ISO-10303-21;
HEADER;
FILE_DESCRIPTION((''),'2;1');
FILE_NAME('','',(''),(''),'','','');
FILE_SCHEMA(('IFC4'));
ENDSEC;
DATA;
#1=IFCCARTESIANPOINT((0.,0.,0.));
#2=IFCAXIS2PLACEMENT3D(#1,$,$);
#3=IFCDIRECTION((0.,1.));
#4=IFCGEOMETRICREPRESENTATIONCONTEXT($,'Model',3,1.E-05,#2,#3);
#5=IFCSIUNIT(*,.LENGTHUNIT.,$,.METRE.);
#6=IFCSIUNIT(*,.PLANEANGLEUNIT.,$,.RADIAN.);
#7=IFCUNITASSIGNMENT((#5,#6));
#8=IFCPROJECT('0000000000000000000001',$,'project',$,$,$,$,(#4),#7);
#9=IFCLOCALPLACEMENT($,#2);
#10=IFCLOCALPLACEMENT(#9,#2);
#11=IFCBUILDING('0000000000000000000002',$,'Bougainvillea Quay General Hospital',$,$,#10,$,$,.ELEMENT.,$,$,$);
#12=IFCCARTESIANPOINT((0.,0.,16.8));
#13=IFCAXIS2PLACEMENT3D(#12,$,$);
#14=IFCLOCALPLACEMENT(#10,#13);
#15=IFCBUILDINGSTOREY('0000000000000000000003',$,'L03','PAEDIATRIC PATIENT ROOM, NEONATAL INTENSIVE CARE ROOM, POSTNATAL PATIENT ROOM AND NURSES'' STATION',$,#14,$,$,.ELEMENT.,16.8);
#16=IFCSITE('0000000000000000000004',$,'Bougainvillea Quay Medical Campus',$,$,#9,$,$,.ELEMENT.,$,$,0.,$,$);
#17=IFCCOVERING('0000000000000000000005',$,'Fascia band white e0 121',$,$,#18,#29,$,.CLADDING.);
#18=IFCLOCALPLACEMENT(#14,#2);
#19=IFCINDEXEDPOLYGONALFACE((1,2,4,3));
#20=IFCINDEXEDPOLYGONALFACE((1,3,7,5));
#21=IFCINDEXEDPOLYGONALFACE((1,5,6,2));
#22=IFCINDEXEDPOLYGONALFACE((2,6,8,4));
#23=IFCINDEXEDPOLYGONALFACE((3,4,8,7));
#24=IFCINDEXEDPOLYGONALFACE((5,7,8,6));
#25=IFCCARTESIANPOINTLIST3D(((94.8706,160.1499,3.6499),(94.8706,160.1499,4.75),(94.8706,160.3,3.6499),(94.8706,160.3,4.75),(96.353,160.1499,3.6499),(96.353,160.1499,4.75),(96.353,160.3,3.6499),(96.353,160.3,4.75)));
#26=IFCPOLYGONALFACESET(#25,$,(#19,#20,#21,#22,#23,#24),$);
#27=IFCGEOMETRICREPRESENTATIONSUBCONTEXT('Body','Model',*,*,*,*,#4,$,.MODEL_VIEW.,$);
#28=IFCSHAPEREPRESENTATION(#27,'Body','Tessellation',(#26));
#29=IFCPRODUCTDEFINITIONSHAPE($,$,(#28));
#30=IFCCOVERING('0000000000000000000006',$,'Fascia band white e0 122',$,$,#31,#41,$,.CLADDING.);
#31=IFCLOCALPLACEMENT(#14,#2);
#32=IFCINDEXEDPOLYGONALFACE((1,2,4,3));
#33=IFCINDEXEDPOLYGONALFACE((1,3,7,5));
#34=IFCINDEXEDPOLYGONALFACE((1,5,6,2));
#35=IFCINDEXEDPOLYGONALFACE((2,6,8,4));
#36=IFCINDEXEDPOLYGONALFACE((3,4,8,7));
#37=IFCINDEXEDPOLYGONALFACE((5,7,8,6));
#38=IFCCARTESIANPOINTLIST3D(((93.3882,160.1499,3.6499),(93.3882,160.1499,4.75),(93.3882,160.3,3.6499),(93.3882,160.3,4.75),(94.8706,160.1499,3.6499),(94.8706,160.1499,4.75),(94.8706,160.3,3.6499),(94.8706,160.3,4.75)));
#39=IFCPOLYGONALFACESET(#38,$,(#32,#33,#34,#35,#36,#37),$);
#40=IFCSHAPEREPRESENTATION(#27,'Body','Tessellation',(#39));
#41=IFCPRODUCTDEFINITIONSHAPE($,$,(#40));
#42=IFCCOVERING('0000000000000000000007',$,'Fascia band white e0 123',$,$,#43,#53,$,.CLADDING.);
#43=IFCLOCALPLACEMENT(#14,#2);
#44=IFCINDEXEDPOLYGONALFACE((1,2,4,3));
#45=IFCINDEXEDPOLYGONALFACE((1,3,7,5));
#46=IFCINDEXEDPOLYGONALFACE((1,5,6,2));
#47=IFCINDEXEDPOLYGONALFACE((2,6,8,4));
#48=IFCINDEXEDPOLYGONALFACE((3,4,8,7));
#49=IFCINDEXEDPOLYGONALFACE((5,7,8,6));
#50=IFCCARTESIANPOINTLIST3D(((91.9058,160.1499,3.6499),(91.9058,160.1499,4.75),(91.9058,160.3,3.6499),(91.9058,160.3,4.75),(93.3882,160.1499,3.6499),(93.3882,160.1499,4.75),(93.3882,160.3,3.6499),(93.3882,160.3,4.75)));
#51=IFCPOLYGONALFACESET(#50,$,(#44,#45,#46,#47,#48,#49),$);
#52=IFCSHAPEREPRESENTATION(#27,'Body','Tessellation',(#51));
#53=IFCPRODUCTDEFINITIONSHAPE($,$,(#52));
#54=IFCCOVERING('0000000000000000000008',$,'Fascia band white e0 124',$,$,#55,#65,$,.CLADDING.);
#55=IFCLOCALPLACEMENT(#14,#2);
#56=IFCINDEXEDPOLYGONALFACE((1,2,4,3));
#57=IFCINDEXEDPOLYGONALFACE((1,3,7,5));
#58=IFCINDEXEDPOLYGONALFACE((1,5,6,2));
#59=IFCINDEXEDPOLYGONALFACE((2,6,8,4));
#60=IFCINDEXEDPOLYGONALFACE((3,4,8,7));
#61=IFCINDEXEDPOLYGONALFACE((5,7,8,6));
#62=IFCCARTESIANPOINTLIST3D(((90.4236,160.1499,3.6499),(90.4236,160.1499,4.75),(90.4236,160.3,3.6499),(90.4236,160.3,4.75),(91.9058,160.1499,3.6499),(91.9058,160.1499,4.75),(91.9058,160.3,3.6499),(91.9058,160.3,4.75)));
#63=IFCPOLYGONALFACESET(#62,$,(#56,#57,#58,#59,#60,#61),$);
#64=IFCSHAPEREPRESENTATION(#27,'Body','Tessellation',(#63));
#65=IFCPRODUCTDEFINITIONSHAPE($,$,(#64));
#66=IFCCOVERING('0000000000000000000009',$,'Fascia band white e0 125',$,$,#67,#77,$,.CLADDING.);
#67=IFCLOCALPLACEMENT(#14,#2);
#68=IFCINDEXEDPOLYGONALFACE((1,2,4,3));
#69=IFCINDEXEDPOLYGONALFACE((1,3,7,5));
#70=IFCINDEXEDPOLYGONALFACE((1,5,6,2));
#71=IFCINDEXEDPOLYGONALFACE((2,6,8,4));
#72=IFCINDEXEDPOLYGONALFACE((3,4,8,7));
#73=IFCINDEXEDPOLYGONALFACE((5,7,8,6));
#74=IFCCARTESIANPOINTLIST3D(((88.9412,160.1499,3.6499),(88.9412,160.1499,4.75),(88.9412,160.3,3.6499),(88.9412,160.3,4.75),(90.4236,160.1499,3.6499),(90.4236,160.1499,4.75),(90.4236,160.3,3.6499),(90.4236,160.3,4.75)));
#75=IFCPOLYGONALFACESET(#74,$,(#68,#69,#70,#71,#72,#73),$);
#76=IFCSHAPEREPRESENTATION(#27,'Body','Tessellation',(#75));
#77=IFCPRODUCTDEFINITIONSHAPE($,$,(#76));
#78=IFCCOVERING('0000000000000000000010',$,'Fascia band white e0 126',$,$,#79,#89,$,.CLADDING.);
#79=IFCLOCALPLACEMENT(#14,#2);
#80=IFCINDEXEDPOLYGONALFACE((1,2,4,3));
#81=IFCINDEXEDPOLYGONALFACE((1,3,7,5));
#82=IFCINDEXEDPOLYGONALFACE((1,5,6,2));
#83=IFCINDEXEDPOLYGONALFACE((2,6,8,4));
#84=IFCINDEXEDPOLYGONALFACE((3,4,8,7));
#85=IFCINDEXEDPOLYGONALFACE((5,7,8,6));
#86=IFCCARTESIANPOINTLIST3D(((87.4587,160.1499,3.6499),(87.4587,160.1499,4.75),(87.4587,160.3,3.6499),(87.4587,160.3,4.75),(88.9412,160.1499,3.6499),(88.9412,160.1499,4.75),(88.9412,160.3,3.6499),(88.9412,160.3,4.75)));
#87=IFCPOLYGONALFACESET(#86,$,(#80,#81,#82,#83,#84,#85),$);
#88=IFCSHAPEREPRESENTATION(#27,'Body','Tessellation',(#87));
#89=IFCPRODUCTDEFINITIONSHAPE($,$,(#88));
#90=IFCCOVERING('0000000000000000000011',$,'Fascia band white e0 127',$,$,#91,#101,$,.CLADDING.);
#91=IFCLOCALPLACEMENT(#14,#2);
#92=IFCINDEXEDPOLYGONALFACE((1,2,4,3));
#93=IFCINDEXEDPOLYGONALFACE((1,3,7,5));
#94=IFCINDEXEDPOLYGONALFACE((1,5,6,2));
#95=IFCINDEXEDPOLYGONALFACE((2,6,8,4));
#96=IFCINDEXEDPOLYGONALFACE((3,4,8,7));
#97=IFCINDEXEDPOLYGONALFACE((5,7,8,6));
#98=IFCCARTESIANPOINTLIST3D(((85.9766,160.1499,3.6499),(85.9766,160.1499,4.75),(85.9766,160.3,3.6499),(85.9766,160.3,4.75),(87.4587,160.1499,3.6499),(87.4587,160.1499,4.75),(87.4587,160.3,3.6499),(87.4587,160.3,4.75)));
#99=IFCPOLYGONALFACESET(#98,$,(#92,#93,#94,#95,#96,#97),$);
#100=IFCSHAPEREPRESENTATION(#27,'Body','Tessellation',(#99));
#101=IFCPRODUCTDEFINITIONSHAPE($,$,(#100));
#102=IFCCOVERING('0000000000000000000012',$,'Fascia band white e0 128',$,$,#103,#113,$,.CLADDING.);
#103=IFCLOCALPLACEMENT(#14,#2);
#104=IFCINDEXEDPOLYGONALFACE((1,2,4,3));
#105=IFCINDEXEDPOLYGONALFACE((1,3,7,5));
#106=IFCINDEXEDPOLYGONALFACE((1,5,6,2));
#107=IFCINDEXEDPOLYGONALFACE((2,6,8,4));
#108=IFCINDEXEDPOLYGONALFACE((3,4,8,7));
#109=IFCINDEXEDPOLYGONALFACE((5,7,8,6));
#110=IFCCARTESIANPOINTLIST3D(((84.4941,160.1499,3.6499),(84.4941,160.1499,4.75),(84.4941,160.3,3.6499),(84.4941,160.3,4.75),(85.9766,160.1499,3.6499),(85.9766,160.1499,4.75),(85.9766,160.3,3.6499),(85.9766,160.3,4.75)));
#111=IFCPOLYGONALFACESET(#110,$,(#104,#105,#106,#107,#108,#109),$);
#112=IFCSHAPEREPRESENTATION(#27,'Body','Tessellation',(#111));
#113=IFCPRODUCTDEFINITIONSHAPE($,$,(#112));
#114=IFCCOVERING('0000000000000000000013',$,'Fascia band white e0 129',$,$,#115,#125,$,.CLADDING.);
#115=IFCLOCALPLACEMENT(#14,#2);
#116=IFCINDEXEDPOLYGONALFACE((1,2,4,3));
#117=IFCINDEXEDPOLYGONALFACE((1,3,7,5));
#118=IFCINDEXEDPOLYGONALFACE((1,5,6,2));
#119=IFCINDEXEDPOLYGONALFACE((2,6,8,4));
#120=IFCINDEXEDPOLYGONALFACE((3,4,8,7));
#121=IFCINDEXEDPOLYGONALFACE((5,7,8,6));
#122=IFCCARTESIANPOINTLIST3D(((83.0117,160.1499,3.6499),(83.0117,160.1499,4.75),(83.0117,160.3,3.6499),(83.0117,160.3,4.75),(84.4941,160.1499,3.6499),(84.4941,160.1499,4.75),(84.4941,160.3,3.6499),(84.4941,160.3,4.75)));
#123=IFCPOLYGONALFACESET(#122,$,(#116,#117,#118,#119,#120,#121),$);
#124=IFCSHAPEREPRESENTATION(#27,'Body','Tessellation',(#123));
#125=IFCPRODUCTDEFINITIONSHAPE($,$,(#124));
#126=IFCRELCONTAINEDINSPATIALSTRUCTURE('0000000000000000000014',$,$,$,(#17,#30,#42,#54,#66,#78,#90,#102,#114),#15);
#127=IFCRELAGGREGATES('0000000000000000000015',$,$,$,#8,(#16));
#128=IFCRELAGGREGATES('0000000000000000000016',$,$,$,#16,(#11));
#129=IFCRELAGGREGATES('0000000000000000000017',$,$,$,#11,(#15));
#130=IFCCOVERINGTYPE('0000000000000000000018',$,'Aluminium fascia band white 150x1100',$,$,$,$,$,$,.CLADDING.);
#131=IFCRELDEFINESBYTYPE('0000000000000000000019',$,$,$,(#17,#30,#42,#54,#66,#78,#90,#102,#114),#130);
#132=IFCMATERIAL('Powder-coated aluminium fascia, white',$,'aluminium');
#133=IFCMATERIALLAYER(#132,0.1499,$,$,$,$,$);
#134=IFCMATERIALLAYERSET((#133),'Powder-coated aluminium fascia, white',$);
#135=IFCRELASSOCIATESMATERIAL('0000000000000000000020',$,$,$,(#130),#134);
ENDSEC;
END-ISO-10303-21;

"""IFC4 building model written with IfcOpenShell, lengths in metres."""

from ifc_helpers import new_model, si_unit, direction, frame, origin, place, context, subcontext, project, spatial, polyline, outline, extrude, material, layer, layer_set, type_object, element, save


model = new_model("IFC4")

# Units and contexts
model_context = context("Model", 3, precision=1e-05, world=origin(), true_north=direction((0.0, 1.0)))
body_context = subcontext(model_context, "Body", "Model", "MODEL_VIEW")
ifc_project = project(units=[si_unit("LENGTHUNIT", "METRE"), si_unit("PLANEANGLEUNIT", "RADIAN")], contexts=[model_context])

# Site, building, storey
site_placement = place(None, origin())
site = spatial("IfcSite", under=ifc_project, at=site_placement, Name="Bougainvillea Quay Medical Campus", CompositionType="ELEMENT", RefElevation=0.0)
building_placement = place(site_placement, origin())
building = spatial("IfcBuilding", under=site, at=building_placement, Name="Bougainvillea Quay General Hospital", CompositionType="ELEMENT")
storey_placement = place(building_placement, frame((0.0, 0.0, 16.8)))
storey = spatial("IfcBuildingStorey", under=building, at=storey_placement, Name="L03", Description="PAEDIATRIC PATIENT ROOM, NEONATAL INTENSIVE CARE ROOM, POSTNATAL PATIENT ROOM AND NURSES' STATION", CompositionType="ELEMENT", Elevation=16.8)

# Coverings
ifc_material_1 = material(Name="Powder-coated aluminium fascia, white", Category="aluminium")
ifc_layer_1 = layer(ifc_material_1, 0.1499)
ifc_layer_set_1 = layer_set([ifc_layer_1], Name="Powder-coated aluminium fascia, white")
covering_type = type_object("IfcCoveringType", Name="Aluminium fascia band white 150x1100", PredefinedType="CLADDING", material=ifc_layer_set_1)
for number, where, z_axis, x_axis, name in (
    (1, (96.353, 160.1499, 3.6499), (0.0, 0.0, 1.0), (-1.0, 0.0, 0.0), "Fascia band white e0 121"),
    (2, (94.8706, 160.1499, 3.6499), (0.0, 0.0, 1.0), (-1.0, 0.0, 0.0), "Fascia band white e0 122"),
    (3, (93.3882, 160.1499, 3.6499), (0.0, 0.0, 1.0), (-1.0, 0.0, 0.0), "Fascia band white e0 123"),
):
    element("IfcCovering", number, at=place(storey_placement, frame(where, z_axis=z_axis, x_axis=x_axis)), inside=storey, type_object=covering_type, Name=name, PredefinedType="CLADDING", context=body_context, shape_type="SweptSolid", body=[
        extrude(outline(polyline([(0.0, 0.0), (1.4824, 0.0), (1.4824, -0.1501), (0.0, -0.1501), (0.0, 0.0)])), origin(), (0.0, 0.0, 1.0), 1.1001),
    ])
covering_1_placement = place(storey_placement, frame((91.9058, 160.1499, 3.6499), z_axis=(0.0, 0.0, 1.0), x_axis=(-1.0, 0.0, 0.0)))
element("IfcCovering", 4, at=covering_1_placement, inside=storey, type_object=covering_type, Name="Fascia band white e0 124", PredefinedType="CLADDING", context=body_context, shape_type="SweptSolid", body=[
    extrude(outline(polyline([(0.0, 0.0), (1.4822, 0.0), (1.4822, -0.1501), (0.0, -0.1501), (0.0, 0.0)])), origin(), (0.0, 0.0, 1.0), 1.1001),
])
for number, where, z_axis, x_axis, name in (
    (5, (90.4236, 160.1499, 3.6499), (0.0, 0.0, 1.0), (-1.0, 0.0, 0.0), "Fascia band white e0 125"),
    (6, (88.9412, 160.1499, 3.6499), (0.0, 0.0, 1.0), (-1.0, 0.0, 0.0), "Fascia band white e0 126"),
):
    element("IfcCovering", number, at=place(storey_placement, frame(where, z_axis=z_axis, x_axis=x_axis)), inside=storey, type_object=covering_type, Name=name, PredefinedType="CLADDING", context=body_context, shape_type="SweptSolid", body=[
        extrude(outline(polyline([(0.0, 0.0), (1.4824, 0.0), (1.4824, -0.1501), (0.0, -0.1501), (0.0, 0.0)])), origin(), (0.0, 0.0, 1.0), 1.1001),
    ])
covering_2_placement = place(storey_placement, frame((87.4587, 160.1499, 3.6499), z_axis=(0.0, 0.0, 1.0), x_axis=(-1.0, 0.0, 0.0)))
element("IfcCovering", 7, at=covering_2_placement, inside=storey, type_object=covering_type, Name="Fascia band white e0 127", PredefinedType="CLADDING", context=body_context, shape_type="SweptSolid", body=[
    extrude(outline(polyline([(0.0, 0.0), (1.4822, 0.0), (1.4822, -0.1501), (0.0, -0.1501), (0.0, 0.0)])), origin(), (0.0, 0.0, 1.0), 1.1001),
])
for number, where, z_axis, x_axis, name in (
    (8, (85.9766, 160.1499, 3.6499), (0.0, 0.0, 1.0), (-1.0, 0.0, 0.0), "Fascia band white e0 128"),
    (9, (84.4941, 160.1499, 3.6499), (0.0, 0.0, 1.0), (-1.0, 0.0, 0.0), "Fascia band white e0 129"),
):
    element("IfcCovering", number, at=place(storey_placement, frame(where, z_axis=z_axis, x_axis=x_axis)), inside=storey, type_object=covering_type, Name=name, PredefinedType="CLADDING", context=body_context, shape_type="SweptSolid", body=[
        extrude(outline(polyline([(0.0, 0.0), (1.4824, 0.0), (1.4824, -0.1501), (0.0, -0.1501), (0.0, 0.0)])), origin(), (0.0, 0.0, 1.0), 1.1001),
    ])

save(model, "model.ifc")
